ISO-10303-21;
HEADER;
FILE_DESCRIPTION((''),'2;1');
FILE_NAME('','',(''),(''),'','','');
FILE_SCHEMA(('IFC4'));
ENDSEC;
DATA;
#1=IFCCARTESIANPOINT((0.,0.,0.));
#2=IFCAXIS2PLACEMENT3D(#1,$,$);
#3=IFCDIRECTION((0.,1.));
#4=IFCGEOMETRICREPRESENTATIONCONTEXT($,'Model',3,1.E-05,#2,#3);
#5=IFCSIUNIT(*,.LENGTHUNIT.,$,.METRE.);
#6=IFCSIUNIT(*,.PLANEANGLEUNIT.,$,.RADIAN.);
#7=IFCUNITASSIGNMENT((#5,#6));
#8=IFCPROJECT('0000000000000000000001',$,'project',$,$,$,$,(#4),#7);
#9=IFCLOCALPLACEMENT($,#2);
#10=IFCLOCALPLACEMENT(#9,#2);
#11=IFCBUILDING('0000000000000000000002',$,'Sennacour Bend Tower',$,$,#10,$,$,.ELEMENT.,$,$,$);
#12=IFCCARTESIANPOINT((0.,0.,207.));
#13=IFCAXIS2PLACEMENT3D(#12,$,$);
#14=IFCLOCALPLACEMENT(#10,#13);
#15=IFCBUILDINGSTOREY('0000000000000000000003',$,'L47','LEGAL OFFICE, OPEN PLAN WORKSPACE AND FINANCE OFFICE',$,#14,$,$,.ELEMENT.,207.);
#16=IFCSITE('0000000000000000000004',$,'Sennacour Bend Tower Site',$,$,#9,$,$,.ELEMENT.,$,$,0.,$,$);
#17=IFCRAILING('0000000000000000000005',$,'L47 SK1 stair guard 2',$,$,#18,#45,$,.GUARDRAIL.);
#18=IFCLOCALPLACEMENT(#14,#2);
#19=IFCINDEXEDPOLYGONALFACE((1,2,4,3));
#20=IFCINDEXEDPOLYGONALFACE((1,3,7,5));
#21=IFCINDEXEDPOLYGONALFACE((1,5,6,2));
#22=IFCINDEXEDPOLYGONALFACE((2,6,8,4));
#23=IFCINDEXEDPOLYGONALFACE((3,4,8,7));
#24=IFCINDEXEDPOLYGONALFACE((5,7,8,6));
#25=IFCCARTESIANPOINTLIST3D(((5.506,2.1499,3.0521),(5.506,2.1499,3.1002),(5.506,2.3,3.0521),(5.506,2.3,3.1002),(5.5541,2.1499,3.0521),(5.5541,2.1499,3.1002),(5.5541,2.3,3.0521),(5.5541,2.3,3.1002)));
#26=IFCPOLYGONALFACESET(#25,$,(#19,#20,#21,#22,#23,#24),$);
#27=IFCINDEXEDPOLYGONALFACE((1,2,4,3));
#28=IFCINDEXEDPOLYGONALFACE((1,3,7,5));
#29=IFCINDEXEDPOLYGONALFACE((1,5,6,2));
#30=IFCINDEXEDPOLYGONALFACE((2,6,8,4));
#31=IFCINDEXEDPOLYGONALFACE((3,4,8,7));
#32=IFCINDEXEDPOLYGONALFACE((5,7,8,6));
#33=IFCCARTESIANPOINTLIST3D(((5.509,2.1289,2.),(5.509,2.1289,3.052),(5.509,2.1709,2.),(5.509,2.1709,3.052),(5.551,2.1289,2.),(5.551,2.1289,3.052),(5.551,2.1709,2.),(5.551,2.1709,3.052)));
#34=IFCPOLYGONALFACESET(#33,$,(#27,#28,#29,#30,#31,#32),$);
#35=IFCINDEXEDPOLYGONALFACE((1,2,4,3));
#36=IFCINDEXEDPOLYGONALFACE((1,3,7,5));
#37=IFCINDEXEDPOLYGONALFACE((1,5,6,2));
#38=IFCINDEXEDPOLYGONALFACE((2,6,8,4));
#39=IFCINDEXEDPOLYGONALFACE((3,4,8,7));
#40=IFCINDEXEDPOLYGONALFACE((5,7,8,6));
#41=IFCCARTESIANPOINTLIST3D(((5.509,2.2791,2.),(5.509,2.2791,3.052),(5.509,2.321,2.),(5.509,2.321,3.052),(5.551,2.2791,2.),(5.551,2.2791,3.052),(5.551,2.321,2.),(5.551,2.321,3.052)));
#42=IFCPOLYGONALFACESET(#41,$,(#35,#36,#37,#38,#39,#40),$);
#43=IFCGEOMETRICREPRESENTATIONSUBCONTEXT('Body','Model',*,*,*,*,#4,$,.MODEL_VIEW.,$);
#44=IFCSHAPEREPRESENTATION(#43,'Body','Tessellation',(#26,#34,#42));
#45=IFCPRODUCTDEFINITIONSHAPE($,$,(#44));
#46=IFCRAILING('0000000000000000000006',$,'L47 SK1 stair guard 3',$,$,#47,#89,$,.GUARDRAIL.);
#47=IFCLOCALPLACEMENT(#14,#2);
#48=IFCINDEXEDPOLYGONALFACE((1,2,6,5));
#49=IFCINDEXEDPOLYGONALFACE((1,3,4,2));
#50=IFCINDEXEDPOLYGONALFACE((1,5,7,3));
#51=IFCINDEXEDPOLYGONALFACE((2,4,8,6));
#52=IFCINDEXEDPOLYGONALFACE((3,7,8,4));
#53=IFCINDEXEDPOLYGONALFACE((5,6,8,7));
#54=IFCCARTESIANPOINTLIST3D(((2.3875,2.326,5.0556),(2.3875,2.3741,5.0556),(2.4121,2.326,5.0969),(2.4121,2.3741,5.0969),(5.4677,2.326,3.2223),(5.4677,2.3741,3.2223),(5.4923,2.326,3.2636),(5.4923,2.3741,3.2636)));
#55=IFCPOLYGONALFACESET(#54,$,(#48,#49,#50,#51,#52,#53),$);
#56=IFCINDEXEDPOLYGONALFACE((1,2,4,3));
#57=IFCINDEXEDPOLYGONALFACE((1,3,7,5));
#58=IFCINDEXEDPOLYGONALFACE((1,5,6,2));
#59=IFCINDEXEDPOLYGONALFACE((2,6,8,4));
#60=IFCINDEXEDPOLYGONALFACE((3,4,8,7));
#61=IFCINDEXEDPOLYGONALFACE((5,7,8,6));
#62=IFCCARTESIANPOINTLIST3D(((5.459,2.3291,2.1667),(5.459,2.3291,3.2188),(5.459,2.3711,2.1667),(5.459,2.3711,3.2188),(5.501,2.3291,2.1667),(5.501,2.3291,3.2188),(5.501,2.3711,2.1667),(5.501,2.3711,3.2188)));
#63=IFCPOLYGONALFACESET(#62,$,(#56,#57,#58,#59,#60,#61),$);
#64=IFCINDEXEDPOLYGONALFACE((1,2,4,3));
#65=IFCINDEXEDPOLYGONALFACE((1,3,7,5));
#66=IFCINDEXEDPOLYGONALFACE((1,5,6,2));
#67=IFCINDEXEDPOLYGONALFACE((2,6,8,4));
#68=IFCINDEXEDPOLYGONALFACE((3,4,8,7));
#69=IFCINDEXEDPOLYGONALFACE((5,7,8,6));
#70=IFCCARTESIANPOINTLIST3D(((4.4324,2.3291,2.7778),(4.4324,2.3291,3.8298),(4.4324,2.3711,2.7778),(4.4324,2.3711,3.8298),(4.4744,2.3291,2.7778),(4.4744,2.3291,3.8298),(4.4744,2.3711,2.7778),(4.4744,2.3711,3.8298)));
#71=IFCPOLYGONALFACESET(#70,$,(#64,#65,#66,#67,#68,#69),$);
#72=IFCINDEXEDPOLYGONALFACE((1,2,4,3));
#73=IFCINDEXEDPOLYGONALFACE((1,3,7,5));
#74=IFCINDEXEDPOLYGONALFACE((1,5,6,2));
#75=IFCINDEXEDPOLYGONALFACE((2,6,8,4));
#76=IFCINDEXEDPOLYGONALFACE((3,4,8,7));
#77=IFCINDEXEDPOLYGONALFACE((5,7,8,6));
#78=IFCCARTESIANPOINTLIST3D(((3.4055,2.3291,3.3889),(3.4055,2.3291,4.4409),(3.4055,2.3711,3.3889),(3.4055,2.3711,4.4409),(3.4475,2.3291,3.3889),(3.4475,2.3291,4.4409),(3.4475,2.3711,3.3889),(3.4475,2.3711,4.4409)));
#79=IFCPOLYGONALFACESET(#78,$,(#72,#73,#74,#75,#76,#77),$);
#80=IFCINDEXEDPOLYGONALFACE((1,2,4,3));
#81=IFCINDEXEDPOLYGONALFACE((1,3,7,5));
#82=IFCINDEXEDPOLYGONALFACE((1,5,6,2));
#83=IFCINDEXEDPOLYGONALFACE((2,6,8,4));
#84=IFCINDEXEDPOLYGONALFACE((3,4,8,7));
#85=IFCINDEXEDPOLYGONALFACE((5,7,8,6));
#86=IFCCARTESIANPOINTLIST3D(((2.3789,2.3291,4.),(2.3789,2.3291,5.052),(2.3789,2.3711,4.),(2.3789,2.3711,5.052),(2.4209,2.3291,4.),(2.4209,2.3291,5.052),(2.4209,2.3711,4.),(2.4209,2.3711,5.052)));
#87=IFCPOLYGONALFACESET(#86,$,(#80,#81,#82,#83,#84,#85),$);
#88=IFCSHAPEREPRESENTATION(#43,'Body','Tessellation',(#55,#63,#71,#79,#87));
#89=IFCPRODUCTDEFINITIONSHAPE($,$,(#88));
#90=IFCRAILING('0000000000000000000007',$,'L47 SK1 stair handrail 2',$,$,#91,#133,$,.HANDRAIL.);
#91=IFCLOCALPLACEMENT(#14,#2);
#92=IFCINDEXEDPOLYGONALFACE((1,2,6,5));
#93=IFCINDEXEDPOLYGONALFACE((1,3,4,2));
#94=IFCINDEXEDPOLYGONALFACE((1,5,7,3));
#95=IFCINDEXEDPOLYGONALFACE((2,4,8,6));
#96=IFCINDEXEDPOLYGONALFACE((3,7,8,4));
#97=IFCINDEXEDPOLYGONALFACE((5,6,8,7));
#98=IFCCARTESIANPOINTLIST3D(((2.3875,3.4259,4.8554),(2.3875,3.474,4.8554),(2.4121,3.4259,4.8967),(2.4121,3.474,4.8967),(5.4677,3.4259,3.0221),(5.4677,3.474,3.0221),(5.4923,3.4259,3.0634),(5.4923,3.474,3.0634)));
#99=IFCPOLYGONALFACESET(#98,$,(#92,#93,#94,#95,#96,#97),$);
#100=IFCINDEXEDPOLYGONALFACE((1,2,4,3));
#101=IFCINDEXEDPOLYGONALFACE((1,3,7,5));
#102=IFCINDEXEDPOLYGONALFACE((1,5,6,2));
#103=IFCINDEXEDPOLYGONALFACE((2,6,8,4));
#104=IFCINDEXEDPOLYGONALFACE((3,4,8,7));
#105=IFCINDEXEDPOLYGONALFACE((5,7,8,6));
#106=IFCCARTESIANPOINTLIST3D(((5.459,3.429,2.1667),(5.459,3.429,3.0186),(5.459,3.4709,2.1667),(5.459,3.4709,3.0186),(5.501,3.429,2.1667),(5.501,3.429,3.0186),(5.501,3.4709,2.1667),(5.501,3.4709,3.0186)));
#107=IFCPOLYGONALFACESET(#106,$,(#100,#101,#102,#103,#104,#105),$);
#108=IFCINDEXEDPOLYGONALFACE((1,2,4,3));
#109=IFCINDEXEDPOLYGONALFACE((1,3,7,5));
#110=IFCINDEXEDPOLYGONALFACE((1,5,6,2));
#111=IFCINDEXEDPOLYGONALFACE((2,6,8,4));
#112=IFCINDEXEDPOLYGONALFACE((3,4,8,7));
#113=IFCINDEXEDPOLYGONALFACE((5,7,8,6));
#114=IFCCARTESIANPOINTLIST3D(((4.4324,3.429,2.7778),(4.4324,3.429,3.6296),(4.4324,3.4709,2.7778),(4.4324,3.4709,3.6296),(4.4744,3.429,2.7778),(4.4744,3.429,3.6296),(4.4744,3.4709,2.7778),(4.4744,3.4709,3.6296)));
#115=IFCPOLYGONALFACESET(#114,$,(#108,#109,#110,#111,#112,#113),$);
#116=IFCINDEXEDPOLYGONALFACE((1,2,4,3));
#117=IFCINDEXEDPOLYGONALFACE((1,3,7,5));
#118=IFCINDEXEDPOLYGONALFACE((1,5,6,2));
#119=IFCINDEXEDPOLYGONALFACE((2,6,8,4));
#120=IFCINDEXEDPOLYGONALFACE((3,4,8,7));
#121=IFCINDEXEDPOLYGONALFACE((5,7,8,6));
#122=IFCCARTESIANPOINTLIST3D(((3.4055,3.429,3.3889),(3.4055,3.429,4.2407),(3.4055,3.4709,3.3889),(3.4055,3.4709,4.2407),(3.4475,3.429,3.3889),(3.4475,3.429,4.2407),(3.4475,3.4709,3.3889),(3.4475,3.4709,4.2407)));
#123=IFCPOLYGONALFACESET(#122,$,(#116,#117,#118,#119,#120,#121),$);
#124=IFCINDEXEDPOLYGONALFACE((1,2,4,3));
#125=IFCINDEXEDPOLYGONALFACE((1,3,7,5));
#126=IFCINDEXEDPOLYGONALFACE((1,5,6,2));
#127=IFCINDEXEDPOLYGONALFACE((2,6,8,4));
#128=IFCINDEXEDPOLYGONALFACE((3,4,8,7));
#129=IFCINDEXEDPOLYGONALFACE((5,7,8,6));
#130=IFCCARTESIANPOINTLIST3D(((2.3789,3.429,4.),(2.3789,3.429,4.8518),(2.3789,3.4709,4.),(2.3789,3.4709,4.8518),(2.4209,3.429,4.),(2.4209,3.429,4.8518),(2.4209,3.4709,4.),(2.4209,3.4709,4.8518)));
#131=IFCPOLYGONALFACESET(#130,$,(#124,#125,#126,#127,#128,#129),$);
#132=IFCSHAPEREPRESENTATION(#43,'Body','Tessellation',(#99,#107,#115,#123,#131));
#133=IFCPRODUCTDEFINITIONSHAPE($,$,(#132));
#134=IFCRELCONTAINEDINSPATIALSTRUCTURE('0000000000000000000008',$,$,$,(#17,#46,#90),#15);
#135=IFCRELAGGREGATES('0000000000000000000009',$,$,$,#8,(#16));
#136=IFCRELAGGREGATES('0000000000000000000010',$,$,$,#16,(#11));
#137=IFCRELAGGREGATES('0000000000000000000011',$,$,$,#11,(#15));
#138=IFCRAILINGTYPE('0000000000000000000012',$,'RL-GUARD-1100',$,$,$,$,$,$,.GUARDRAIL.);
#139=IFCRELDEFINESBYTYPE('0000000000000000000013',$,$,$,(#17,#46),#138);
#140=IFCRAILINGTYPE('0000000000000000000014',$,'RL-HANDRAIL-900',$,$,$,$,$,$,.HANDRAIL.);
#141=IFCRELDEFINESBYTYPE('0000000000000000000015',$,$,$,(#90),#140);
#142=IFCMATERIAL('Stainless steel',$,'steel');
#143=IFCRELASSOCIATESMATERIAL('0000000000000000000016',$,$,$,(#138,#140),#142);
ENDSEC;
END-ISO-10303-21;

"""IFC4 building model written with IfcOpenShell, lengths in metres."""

from ifc_helpers import new_model, si_unit, direction, frame, origin, origin_2d, place, context, subcontext, project, spatial, rectangle, extrude, material, type_object, element, save


model = new_model("IFC4")

# Units and contexts
model_context = context("Model", 3, precision=1e-05, world=origin(), true_north=direction((0.0, 1.0)))
body_context = subcontext(model_context, "Body", "Model", "MODEL_VIEW")
ifc_project = project(units=[si_unit("LENGTHUNIT", "METRE"), si_unit("PLANEANGLEUNIT", "RADIAN")], contexts=[model_context])

# Site, building, storey
site_placement = place(None, origin())
site = spatial("IfcSite", under=ifc_project, at=site_placement, Name="Sennacour Bend Tower Site", CompositionType="ELEMENT", RefElevation=0.0)
building_placement = place(site_placement, origin())
building = spatial("IfcBuilding", under=site, at=building_placement, Name="Sennacour Bend Tower", CompositionType="ELEMENT")
storey_placement = place(building_placement, frame((0.0, 0.0, 207.0)))
storey = spatial("IfcBuildingStorey", under=building, at=storey_placement, Name="L47", Description="LEGAL OFFICE, OPEN PLAN WORKSPACE AND FINANCE OFFICE", CompositionType="ELEMENT", Elevation=207.0)

# Railings
ifc_material_1 = material(Name="Stainless steel", Category="steel")
railing_type_1 = type_object("IfcRailingType", Name="RL-GUARD-1100", PredefinedType="GUARDRAIL", material=ifc_material_1)
railing_1_placement = place(storey_placement, frame((5.53, 2.1499, 2.0)))
element("IfcRailing", 1, at=railing_1_placement, inside=storey, type_object=railing_type_1, Name="L47 SK1 stair guard 2", PredefinedType="GUARDRAIL", context=body_context, shape_type="SweptSolid", body=[
    extrude(rectangle(XDim=0.0481, YDim=0.0481, at=origin_2d()), frame((0.0, 0.0, 1.0762), z_axis=(0.0, 1.0, 0.0), x_axis=(-1.0, 0.0, 0.0)), (0.0, 0.0, 1.0), 0.1501),
    extrude(rectangle(XDim=0.042, YDim=0.042, at=origin_2d()), origin(), (0.0, 0.0, 1.0), 1.052),
    extrude(rectangle(XDim=0.042, YDim=0.042, at=origin_2d()), frame((0.0, 0.1501, 0.0)), (0.0, 0.0, 1.0), 1.052),
])
railing_2_placement = place(storey_placement, frame((5.48, 2.3501, 2.1667)))
element("IfcRailing", 2, at=railing_2_placement, inside=storey, type_object=railing_type_1, Name="L47 SK1 stair guard 3", PredefinedType="GUARDRAIL", context=body_context, shape_type="SweptSolid", body=[
    extrude(rectangle(XDim=0.0481, YDim=0.0481, at=origin_2d()), frame((0.0, 0.0, 1.0762), z_axis=(-0.859309, 0.0, 0.511458), x_axis=(0.0, -1.0, 0.0)), (0.0, 0.0, 1.0), 3.5845),
    extrude(rectangle(XDim=0.042, YDim=0.042, at=origin_2d()), origin(), (0.0, 0.0, 1.0), 1.052),
    extrude(rectangle(XDim=0.042, YDim=0.042, at=origin_2d()), frame((-1.0266, 0.0, 0.6111)), (0.0, 0.0, 1.0), 1.052),
    extrude(rectangle(XDim=0.042, YDim=0.042, at=origin_2d()), frame((-2.0535, 0.0, 1.2222)), (0.0, 0.0, 1.0), 1.052),
    extrude(rectangle(XDim=0.042, YDim=0.042, at=origin_2d()), frame((-3.0801, 0.0, 1.8333)), (0.0, 0.0, 1.0), 1.052),
])
railing_type_2 = type_object("IfcRailingType", Name="RL-HANDRAIL-900", PredefinedType="HANDRAIL", material=ifc_material_1)
railing_3_placement = place(storey_placement, frame((5.48, 3.45, 2.1667)))
element("IfcRailing", 3, at=railing_3_placement, inside=storey, type_object=railing_type_2, Name="L47 SK1 stair handrail 2", PredefinedType="HANDRAIL", context=body_context, shape_type="SweptSolid", body=[
    extrude(rectangle(XDim=0.0481, YDim=0.0481, at=origin_2d()), frame((0.0, 0.0, 0.876), z_axis=(-0.859309, 0.0, 0.511458), x_axis=(0.0, -1.0, 0.0)), (0.0, 0.0, 1.0), 3.5845),
    extrude(rectangle(XDim=0.042, YDim=0.042, at=origin_2d()), origin(), (0.0, 0.0, 1.0), 0.8518),
    extrude(rectangle(XDim=0.042, YDim=0.042, at=origin_2d()), frame((-1.0266, 0.0, 0.6111)), (0.0, 0.0, 1.0), 0.8518),
    extrude(rectangle(XDim=0.042, YDim=0.042, at=origin_2d()), frame((-2.0535, 0.0, 1.2222)), (0.0, 0.0, 1.0), 0.8518),
    extrude(rectangle(XDim=0.042, YDim=0.042, at=origin_2d()), frame((-3.0801, 0.0, 1.8333)), (0.0, 0.0, 1.0), 0.8518),
])

save(model, "model.ifc")
